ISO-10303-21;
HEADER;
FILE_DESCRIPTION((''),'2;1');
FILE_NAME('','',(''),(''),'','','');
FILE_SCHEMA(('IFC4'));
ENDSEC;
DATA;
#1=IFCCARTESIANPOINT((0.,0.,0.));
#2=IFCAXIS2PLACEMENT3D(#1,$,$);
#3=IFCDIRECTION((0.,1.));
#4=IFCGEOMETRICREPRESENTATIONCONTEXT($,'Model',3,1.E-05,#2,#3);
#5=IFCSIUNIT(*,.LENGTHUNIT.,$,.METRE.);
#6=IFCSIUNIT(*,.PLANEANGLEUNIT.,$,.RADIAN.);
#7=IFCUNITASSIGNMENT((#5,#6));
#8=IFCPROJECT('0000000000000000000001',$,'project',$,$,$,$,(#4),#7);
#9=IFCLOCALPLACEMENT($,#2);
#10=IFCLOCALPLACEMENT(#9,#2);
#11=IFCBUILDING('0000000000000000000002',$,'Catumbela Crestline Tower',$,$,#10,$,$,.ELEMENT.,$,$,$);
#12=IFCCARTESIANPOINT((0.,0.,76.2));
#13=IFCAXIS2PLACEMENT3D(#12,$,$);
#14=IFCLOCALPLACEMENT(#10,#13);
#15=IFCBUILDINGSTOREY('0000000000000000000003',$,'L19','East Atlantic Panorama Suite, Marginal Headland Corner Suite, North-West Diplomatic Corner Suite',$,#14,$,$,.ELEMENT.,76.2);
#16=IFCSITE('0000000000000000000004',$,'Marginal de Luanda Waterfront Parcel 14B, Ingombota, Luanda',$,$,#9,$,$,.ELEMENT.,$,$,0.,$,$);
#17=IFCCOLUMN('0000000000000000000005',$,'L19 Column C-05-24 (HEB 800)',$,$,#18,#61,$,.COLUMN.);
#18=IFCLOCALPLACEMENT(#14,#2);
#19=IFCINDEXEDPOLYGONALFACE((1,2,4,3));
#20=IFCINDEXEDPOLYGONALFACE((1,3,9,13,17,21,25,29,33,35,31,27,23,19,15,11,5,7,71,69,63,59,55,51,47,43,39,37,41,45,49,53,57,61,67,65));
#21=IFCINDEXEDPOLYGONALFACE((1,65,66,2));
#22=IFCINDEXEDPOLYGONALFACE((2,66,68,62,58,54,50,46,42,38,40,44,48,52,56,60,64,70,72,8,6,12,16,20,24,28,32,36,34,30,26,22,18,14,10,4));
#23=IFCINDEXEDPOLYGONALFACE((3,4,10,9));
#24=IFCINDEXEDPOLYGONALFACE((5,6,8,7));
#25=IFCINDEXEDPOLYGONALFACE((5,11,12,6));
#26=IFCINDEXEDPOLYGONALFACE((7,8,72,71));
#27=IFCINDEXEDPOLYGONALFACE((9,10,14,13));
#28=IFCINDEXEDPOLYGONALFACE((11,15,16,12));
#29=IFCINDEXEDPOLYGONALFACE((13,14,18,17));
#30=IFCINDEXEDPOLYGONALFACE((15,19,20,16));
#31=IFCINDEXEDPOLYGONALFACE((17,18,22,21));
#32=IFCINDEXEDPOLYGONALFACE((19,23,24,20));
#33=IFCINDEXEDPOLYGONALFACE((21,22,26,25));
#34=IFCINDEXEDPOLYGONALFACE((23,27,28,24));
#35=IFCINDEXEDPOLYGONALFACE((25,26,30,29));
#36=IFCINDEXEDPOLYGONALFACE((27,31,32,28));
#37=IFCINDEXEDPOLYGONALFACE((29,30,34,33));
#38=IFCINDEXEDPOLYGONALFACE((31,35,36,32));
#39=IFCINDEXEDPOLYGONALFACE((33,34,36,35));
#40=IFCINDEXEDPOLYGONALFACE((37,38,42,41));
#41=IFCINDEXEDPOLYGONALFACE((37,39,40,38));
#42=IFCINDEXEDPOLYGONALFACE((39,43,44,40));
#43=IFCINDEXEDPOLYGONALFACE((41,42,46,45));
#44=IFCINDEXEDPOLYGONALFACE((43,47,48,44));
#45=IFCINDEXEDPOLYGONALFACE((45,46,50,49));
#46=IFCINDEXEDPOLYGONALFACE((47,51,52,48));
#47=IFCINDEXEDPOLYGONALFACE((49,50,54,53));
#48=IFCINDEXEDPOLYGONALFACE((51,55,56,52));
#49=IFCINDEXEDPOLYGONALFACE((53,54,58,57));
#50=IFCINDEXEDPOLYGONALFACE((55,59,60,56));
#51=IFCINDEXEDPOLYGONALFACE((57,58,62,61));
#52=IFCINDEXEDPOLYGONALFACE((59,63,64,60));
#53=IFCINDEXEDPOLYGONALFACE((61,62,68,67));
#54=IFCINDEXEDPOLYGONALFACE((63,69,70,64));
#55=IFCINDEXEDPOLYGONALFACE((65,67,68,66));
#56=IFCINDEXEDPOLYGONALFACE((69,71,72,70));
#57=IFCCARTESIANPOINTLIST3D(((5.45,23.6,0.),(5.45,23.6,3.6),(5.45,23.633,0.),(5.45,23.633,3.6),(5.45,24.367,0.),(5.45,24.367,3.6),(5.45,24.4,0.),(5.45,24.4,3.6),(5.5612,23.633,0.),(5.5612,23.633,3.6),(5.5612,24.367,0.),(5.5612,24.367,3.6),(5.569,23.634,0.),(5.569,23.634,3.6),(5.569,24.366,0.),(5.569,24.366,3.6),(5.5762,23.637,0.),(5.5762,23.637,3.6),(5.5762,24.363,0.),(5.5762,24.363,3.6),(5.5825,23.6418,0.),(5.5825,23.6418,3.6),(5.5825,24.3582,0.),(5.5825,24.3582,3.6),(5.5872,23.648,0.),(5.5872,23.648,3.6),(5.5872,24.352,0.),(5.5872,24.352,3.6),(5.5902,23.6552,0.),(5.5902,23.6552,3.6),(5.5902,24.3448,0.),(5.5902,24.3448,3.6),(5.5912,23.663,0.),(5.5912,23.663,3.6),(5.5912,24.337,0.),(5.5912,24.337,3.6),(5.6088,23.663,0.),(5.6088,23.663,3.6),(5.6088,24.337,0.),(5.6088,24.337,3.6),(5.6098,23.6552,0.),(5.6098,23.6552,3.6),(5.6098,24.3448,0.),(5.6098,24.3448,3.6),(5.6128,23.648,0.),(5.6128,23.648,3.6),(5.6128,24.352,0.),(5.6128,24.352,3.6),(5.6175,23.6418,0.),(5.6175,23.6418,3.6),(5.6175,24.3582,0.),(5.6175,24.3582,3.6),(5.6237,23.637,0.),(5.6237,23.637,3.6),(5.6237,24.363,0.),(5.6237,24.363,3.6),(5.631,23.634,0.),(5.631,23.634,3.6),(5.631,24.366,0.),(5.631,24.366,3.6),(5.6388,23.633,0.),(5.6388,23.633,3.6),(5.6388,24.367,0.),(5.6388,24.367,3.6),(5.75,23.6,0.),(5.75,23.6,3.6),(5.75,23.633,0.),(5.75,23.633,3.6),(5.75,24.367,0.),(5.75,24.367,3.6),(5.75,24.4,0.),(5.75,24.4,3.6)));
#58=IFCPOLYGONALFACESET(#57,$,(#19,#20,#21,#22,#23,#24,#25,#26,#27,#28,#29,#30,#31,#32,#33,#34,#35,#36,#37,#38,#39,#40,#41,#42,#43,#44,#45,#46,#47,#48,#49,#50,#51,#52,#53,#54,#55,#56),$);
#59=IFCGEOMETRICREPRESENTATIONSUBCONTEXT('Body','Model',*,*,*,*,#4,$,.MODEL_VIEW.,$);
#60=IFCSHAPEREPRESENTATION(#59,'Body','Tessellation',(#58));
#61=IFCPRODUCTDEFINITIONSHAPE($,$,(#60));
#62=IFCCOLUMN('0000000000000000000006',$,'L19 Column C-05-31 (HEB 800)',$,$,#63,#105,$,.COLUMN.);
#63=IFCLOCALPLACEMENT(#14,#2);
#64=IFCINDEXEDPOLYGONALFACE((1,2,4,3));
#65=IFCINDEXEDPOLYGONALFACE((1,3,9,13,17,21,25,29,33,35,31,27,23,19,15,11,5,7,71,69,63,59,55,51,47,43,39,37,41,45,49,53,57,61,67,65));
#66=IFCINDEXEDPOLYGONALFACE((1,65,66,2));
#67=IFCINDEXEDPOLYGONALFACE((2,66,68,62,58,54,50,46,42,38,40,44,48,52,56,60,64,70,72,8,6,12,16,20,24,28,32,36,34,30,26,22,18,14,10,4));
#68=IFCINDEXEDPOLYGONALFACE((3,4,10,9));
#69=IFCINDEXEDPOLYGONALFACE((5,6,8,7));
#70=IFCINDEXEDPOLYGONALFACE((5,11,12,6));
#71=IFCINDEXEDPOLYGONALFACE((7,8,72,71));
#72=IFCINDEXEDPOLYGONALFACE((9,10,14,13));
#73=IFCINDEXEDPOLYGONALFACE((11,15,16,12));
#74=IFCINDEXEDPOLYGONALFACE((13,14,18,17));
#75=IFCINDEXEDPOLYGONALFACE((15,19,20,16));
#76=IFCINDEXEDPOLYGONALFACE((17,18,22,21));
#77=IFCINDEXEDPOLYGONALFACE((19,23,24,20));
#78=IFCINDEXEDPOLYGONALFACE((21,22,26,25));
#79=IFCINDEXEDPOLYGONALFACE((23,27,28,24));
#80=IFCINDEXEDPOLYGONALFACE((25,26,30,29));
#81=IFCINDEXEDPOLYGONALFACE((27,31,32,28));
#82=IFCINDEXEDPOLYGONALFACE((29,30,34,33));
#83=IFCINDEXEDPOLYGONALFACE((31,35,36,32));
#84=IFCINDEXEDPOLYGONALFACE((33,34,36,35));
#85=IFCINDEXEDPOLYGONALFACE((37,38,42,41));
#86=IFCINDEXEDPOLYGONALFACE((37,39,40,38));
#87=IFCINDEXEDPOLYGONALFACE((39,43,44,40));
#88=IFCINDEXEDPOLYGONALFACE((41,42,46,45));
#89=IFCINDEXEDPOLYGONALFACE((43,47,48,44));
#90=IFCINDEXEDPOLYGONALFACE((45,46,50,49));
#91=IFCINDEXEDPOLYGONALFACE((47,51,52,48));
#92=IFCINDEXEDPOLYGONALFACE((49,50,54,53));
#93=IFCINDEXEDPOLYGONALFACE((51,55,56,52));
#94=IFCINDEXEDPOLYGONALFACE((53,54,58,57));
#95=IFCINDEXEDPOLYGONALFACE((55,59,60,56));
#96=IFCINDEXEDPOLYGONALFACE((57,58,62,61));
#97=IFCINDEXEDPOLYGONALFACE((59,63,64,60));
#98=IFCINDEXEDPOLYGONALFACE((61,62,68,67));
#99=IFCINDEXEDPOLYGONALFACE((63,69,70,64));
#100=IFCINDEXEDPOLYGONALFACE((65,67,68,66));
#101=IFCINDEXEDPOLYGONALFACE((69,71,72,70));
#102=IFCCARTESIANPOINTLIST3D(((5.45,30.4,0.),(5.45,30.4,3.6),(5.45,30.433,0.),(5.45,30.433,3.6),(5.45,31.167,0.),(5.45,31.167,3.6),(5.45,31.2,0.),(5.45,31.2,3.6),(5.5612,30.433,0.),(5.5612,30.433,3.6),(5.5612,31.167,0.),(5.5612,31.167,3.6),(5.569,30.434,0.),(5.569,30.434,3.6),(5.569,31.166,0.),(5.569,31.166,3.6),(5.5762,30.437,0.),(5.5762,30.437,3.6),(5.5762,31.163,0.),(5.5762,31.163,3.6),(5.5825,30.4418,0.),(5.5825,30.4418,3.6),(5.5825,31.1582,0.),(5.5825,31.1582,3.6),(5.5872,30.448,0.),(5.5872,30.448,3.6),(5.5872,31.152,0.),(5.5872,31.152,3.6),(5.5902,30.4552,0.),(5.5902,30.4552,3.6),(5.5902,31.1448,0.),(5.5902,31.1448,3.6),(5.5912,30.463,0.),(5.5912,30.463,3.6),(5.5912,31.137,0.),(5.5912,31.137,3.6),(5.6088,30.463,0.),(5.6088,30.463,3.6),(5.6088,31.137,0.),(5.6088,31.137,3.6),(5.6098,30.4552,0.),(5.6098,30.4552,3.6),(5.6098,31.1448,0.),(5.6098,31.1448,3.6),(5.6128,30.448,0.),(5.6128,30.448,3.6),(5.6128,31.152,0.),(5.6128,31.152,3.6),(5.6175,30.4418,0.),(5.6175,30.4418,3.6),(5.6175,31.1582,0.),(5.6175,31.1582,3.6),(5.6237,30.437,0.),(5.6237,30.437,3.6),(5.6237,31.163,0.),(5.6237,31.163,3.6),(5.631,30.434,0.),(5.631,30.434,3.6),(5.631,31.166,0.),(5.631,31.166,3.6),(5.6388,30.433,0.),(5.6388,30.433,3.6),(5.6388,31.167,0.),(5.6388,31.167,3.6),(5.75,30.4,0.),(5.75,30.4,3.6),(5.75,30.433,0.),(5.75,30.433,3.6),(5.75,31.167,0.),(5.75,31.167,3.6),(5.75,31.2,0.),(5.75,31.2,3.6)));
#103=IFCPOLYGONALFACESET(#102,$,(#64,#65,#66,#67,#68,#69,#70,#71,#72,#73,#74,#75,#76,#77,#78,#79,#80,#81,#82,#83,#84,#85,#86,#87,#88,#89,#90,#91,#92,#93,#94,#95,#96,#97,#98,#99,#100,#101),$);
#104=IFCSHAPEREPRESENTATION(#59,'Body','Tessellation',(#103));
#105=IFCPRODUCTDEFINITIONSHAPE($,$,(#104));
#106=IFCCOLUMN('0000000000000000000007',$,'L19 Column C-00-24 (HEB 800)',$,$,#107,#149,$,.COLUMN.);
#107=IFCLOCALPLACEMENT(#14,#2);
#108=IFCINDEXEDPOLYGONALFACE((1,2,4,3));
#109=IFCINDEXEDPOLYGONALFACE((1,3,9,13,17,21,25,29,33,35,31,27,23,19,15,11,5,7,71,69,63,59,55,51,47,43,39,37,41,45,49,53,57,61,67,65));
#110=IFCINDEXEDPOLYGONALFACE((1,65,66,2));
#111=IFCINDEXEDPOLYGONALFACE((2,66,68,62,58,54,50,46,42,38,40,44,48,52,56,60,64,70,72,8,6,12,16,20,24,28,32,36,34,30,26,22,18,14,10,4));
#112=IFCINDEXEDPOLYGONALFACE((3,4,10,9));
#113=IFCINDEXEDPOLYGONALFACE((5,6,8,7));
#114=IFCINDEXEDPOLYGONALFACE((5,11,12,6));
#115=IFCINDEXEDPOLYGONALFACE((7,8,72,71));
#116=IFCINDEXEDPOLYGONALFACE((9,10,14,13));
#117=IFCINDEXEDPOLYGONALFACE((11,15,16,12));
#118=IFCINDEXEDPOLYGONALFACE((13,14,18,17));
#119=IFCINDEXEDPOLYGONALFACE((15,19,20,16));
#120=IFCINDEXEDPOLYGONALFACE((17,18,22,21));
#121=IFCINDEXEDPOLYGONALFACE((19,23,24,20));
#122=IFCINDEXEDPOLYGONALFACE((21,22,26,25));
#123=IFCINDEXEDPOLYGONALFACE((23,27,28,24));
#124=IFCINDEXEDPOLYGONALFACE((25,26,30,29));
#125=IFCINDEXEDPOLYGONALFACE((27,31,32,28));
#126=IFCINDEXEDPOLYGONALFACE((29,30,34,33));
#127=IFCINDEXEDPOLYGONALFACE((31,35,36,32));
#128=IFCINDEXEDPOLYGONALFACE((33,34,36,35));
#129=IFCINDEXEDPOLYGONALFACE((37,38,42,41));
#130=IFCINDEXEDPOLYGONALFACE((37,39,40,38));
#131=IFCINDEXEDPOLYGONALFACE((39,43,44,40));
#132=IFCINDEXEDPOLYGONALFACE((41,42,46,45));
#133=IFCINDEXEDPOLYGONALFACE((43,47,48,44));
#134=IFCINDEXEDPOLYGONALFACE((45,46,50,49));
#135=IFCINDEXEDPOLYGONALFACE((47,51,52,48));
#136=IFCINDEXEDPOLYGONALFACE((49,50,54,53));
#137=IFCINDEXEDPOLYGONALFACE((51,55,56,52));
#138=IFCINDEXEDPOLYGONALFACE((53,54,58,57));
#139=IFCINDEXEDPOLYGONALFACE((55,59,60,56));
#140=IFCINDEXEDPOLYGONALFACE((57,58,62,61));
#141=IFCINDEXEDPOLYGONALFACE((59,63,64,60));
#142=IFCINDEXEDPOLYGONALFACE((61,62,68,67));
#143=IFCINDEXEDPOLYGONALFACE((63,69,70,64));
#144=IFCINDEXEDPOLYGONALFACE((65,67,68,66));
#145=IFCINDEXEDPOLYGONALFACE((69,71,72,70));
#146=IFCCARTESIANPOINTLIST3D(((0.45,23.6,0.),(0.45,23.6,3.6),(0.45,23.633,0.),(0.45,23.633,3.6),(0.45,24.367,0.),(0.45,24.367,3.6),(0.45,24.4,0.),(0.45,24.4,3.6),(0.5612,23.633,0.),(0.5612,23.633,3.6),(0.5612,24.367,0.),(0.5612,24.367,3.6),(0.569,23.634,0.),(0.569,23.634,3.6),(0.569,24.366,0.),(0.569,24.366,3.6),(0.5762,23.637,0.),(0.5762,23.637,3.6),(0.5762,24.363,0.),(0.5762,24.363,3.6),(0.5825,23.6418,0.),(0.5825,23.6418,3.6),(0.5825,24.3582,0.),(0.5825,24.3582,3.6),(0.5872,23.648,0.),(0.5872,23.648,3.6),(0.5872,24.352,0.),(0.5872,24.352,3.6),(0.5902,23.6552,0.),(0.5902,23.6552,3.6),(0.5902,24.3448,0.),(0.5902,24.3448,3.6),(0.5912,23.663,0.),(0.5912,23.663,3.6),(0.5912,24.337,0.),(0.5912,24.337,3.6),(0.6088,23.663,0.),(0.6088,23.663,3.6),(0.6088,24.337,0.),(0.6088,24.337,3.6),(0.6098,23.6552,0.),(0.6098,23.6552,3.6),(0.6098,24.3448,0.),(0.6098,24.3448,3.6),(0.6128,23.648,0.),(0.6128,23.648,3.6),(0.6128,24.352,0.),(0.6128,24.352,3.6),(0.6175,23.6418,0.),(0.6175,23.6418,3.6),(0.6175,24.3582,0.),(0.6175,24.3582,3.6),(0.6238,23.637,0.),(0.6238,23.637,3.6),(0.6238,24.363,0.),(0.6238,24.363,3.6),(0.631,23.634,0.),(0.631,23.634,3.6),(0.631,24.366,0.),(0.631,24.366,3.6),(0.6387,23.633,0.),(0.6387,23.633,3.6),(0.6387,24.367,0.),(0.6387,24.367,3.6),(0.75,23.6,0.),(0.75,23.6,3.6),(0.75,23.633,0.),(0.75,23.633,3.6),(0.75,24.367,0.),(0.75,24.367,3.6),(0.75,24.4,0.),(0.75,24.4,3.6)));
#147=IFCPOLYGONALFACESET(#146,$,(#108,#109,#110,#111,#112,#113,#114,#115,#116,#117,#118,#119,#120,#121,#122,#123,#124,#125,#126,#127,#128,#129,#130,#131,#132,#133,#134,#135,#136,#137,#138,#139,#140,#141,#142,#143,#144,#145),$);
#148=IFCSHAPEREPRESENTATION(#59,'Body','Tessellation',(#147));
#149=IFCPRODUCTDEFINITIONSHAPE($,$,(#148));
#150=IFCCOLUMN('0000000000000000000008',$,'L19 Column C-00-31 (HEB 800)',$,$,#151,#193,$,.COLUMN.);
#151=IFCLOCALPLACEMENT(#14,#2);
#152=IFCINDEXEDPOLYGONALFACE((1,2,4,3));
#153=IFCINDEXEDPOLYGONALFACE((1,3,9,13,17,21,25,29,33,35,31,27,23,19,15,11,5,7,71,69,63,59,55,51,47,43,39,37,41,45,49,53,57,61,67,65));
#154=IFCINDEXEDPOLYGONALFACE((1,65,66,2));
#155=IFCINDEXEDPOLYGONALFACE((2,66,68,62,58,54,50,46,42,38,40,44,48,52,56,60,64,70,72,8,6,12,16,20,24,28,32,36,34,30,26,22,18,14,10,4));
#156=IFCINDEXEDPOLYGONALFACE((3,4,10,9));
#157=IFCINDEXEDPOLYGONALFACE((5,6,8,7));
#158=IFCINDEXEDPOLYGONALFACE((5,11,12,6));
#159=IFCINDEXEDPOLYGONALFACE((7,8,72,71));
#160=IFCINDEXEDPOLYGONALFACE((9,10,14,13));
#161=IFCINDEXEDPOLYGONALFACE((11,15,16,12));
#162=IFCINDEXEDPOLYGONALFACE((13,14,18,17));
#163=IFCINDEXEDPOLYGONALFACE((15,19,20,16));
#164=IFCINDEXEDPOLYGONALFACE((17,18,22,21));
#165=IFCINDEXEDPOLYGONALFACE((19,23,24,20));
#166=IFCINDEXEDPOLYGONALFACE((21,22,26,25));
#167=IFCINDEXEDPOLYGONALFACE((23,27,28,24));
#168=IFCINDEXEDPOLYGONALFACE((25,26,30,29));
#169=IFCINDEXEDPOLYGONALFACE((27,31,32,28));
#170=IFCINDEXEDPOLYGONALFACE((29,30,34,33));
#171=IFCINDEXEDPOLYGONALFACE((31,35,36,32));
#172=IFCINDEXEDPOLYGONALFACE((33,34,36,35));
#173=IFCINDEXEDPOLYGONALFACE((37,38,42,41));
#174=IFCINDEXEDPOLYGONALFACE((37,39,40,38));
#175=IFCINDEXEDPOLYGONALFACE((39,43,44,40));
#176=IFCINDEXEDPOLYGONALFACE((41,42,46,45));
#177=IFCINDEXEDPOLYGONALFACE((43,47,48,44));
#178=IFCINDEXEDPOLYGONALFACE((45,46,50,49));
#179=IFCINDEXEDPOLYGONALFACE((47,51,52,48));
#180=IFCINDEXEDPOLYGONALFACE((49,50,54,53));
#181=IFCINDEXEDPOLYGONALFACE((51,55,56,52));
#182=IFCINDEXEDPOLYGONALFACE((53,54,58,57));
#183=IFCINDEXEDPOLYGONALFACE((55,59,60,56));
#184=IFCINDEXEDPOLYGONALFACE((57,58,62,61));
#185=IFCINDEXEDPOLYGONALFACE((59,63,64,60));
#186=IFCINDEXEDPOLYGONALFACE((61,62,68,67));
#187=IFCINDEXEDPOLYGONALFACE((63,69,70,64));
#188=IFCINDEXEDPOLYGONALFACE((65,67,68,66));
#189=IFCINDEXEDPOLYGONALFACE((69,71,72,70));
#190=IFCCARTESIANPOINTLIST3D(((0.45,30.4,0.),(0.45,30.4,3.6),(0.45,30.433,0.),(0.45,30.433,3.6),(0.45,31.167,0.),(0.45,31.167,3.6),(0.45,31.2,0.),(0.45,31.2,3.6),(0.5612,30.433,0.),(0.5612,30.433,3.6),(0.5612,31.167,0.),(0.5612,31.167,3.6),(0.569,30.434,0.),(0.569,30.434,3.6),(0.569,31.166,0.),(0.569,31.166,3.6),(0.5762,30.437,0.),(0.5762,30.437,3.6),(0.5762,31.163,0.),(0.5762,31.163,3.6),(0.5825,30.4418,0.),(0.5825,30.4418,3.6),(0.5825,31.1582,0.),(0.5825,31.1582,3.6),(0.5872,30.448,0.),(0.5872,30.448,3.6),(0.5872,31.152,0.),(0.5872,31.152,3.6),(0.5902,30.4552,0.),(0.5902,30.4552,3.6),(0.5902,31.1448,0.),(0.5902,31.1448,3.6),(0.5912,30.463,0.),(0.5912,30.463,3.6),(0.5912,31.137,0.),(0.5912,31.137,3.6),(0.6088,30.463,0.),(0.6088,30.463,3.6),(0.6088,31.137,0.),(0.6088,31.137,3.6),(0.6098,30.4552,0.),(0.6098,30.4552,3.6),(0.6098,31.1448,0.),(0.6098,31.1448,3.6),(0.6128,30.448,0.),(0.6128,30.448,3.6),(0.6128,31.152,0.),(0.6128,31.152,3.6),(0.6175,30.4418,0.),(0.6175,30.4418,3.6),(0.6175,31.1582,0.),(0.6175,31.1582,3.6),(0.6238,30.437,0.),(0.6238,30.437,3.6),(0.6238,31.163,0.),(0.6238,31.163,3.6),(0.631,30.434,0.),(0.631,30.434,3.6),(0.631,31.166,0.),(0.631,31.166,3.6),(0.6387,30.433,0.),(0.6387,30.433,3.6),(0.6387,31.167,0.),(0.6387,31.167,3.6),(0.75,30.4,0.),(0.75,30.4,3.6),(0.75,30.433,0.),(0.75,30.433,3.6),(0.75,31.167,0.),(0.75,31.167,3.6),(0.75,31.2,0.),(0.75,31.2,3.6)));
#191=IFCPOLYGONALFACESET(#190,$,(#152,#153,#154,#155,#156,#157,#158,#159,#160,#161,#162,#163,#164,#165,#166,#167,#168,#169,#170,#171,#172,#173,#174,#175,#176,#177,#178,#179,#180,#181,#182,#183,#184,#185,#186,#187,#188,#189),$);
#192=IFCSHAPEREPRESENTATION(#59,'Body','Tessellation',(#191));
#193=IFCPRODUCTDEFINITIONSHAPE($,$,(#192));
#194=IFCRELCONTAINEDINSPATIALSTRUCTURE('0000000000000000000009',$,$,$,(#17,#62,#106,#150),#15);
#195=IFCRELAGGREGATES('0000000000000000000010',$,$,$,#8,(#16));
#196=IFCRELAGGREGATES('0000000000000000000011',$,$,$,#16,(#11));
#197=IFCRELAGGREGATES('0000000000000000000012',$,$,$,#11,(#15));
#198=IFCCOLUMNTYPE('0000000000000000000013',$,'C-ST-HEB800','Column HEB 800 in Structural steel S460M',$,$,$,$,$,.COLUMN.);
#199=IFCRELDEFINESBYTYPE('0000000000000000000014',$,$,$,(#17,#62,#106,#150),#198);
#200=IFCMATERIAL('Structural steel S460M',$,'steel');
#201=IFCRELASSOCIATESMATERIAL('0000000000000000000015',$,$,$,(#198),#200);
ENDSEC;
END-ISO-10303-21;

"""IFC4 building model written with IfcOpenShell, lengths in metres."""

from ifc_helpers import new_model, si_unit, direction, frame, origin, origin_2d, place, context, subcontext, project, spatial, i_section, extrude, material, material_profile, profile_set, type_object, element, save


model = new_model("IFC4")

# Units and contexts
model_context = context("Model", 3, precision=1e-05, world=origin(), true_north=direction((0.0, 1.0)))
body_context = subcontext(model_context, "Body", "Model", "MODEL_VIEW")
ifc_project = project(units=[si_unit("LENGTHUNIT", "METRE"), si_unit("PLANEANGLEUNIT", "RADIAN")], contexts=[model_context])

# Site, building, storey
site_placement = place(None, origin())
site = spatial("IfcSite", under=ifc_project, at=site_placement, Name="Marginal de Luanda Waterfront Parcel 14B, Ingombota, Luanda", CompositionType="ELEMENT", RefElevation=0.0)
building_placement = place(site_placement, origin())
building = spatial("IfcBuilding", under=site, at=building_placement, Name="Catumbela Crestline Tower", CompositionType="ELEMENT")
storey_placement = place(building_placement, frame((0.0, 0.0, 76.2)))
storey = spatial("IfcBuildingStorey", under=building, at=storey_placement, Name="L19", Description="East Atlantic Panorama Suite, Marginal Headland Corner Suite, North-West Diplomatic Corner Suite", CompositionType="ELEMENT", Elevation=76.2)

# Columns
ifc_material_1 = material(Name="Structural steel S460M", Category="steel")
ifc_material_profile_1 = material_profile(ifc_material_1, i_section(OverallWidth=0.3, OverallDepth=0.8, WebThickness=0.0175, FlangeThickness=0.033, FilletRadius=0.03, at=origin_2d()), Name="HEB 800")
ifc_profile_set_1 = profile_set([ifc_material_profile_1], Name="Structural steel S460M")
column_type = type_object("IfcColumnType", Name="C-ST-HEB800", Description="Column HEB 800 in Structural steel S460M", PredefinedType="COLUMN", material=ifc_profile_set_1)
for number, where, z_axis, x_axis, name in (
    (1, (5.6, 24.0, 0.0), (0.0, 0.0, 1.0), (1.0, 0.0, 0.0), "L19 Column C-05-24 (HEB 800)"),
    (2, (5.6, 30.8, 0.0), (0.0, 0.0, 1.0), (1.0, 0.0, 0.0), "L19 Column C-05-31 (HEB 800)"),
    (3, (0.6, 24.0, 0.0), (0.0, 0.0, 1.0), (1.0, 0.0, 0.0), "L19 Column C-00-24 (HEB 800)"),
    (4, (0.6, 30.8, 0.0), (0.0, 0.0, 1.0), (1.0, 0.0, 0.0), "L19 Column C-00-31 (HEB 800)"),
):
    element("IfcColumn", number, at=place(storey_placement, frame(where, z_axis=z_axis, x_axis=x_axis)), inside=storey, type_object=column_type, Name=name, PredefinedType="COLUMN", context=body_context, shape_type="SweptSolid", body=[
        extrude(i_section(OverallWidth=0.3, OverallDepth=0.8, WebThickness=0.0175, FlangeThickness=0.033, FilletRadius=0.03, at=origin_2d()), origin(), (0.0, 0.0, 1.0), 3.6),
    ])

save(model, "model.ifc")
